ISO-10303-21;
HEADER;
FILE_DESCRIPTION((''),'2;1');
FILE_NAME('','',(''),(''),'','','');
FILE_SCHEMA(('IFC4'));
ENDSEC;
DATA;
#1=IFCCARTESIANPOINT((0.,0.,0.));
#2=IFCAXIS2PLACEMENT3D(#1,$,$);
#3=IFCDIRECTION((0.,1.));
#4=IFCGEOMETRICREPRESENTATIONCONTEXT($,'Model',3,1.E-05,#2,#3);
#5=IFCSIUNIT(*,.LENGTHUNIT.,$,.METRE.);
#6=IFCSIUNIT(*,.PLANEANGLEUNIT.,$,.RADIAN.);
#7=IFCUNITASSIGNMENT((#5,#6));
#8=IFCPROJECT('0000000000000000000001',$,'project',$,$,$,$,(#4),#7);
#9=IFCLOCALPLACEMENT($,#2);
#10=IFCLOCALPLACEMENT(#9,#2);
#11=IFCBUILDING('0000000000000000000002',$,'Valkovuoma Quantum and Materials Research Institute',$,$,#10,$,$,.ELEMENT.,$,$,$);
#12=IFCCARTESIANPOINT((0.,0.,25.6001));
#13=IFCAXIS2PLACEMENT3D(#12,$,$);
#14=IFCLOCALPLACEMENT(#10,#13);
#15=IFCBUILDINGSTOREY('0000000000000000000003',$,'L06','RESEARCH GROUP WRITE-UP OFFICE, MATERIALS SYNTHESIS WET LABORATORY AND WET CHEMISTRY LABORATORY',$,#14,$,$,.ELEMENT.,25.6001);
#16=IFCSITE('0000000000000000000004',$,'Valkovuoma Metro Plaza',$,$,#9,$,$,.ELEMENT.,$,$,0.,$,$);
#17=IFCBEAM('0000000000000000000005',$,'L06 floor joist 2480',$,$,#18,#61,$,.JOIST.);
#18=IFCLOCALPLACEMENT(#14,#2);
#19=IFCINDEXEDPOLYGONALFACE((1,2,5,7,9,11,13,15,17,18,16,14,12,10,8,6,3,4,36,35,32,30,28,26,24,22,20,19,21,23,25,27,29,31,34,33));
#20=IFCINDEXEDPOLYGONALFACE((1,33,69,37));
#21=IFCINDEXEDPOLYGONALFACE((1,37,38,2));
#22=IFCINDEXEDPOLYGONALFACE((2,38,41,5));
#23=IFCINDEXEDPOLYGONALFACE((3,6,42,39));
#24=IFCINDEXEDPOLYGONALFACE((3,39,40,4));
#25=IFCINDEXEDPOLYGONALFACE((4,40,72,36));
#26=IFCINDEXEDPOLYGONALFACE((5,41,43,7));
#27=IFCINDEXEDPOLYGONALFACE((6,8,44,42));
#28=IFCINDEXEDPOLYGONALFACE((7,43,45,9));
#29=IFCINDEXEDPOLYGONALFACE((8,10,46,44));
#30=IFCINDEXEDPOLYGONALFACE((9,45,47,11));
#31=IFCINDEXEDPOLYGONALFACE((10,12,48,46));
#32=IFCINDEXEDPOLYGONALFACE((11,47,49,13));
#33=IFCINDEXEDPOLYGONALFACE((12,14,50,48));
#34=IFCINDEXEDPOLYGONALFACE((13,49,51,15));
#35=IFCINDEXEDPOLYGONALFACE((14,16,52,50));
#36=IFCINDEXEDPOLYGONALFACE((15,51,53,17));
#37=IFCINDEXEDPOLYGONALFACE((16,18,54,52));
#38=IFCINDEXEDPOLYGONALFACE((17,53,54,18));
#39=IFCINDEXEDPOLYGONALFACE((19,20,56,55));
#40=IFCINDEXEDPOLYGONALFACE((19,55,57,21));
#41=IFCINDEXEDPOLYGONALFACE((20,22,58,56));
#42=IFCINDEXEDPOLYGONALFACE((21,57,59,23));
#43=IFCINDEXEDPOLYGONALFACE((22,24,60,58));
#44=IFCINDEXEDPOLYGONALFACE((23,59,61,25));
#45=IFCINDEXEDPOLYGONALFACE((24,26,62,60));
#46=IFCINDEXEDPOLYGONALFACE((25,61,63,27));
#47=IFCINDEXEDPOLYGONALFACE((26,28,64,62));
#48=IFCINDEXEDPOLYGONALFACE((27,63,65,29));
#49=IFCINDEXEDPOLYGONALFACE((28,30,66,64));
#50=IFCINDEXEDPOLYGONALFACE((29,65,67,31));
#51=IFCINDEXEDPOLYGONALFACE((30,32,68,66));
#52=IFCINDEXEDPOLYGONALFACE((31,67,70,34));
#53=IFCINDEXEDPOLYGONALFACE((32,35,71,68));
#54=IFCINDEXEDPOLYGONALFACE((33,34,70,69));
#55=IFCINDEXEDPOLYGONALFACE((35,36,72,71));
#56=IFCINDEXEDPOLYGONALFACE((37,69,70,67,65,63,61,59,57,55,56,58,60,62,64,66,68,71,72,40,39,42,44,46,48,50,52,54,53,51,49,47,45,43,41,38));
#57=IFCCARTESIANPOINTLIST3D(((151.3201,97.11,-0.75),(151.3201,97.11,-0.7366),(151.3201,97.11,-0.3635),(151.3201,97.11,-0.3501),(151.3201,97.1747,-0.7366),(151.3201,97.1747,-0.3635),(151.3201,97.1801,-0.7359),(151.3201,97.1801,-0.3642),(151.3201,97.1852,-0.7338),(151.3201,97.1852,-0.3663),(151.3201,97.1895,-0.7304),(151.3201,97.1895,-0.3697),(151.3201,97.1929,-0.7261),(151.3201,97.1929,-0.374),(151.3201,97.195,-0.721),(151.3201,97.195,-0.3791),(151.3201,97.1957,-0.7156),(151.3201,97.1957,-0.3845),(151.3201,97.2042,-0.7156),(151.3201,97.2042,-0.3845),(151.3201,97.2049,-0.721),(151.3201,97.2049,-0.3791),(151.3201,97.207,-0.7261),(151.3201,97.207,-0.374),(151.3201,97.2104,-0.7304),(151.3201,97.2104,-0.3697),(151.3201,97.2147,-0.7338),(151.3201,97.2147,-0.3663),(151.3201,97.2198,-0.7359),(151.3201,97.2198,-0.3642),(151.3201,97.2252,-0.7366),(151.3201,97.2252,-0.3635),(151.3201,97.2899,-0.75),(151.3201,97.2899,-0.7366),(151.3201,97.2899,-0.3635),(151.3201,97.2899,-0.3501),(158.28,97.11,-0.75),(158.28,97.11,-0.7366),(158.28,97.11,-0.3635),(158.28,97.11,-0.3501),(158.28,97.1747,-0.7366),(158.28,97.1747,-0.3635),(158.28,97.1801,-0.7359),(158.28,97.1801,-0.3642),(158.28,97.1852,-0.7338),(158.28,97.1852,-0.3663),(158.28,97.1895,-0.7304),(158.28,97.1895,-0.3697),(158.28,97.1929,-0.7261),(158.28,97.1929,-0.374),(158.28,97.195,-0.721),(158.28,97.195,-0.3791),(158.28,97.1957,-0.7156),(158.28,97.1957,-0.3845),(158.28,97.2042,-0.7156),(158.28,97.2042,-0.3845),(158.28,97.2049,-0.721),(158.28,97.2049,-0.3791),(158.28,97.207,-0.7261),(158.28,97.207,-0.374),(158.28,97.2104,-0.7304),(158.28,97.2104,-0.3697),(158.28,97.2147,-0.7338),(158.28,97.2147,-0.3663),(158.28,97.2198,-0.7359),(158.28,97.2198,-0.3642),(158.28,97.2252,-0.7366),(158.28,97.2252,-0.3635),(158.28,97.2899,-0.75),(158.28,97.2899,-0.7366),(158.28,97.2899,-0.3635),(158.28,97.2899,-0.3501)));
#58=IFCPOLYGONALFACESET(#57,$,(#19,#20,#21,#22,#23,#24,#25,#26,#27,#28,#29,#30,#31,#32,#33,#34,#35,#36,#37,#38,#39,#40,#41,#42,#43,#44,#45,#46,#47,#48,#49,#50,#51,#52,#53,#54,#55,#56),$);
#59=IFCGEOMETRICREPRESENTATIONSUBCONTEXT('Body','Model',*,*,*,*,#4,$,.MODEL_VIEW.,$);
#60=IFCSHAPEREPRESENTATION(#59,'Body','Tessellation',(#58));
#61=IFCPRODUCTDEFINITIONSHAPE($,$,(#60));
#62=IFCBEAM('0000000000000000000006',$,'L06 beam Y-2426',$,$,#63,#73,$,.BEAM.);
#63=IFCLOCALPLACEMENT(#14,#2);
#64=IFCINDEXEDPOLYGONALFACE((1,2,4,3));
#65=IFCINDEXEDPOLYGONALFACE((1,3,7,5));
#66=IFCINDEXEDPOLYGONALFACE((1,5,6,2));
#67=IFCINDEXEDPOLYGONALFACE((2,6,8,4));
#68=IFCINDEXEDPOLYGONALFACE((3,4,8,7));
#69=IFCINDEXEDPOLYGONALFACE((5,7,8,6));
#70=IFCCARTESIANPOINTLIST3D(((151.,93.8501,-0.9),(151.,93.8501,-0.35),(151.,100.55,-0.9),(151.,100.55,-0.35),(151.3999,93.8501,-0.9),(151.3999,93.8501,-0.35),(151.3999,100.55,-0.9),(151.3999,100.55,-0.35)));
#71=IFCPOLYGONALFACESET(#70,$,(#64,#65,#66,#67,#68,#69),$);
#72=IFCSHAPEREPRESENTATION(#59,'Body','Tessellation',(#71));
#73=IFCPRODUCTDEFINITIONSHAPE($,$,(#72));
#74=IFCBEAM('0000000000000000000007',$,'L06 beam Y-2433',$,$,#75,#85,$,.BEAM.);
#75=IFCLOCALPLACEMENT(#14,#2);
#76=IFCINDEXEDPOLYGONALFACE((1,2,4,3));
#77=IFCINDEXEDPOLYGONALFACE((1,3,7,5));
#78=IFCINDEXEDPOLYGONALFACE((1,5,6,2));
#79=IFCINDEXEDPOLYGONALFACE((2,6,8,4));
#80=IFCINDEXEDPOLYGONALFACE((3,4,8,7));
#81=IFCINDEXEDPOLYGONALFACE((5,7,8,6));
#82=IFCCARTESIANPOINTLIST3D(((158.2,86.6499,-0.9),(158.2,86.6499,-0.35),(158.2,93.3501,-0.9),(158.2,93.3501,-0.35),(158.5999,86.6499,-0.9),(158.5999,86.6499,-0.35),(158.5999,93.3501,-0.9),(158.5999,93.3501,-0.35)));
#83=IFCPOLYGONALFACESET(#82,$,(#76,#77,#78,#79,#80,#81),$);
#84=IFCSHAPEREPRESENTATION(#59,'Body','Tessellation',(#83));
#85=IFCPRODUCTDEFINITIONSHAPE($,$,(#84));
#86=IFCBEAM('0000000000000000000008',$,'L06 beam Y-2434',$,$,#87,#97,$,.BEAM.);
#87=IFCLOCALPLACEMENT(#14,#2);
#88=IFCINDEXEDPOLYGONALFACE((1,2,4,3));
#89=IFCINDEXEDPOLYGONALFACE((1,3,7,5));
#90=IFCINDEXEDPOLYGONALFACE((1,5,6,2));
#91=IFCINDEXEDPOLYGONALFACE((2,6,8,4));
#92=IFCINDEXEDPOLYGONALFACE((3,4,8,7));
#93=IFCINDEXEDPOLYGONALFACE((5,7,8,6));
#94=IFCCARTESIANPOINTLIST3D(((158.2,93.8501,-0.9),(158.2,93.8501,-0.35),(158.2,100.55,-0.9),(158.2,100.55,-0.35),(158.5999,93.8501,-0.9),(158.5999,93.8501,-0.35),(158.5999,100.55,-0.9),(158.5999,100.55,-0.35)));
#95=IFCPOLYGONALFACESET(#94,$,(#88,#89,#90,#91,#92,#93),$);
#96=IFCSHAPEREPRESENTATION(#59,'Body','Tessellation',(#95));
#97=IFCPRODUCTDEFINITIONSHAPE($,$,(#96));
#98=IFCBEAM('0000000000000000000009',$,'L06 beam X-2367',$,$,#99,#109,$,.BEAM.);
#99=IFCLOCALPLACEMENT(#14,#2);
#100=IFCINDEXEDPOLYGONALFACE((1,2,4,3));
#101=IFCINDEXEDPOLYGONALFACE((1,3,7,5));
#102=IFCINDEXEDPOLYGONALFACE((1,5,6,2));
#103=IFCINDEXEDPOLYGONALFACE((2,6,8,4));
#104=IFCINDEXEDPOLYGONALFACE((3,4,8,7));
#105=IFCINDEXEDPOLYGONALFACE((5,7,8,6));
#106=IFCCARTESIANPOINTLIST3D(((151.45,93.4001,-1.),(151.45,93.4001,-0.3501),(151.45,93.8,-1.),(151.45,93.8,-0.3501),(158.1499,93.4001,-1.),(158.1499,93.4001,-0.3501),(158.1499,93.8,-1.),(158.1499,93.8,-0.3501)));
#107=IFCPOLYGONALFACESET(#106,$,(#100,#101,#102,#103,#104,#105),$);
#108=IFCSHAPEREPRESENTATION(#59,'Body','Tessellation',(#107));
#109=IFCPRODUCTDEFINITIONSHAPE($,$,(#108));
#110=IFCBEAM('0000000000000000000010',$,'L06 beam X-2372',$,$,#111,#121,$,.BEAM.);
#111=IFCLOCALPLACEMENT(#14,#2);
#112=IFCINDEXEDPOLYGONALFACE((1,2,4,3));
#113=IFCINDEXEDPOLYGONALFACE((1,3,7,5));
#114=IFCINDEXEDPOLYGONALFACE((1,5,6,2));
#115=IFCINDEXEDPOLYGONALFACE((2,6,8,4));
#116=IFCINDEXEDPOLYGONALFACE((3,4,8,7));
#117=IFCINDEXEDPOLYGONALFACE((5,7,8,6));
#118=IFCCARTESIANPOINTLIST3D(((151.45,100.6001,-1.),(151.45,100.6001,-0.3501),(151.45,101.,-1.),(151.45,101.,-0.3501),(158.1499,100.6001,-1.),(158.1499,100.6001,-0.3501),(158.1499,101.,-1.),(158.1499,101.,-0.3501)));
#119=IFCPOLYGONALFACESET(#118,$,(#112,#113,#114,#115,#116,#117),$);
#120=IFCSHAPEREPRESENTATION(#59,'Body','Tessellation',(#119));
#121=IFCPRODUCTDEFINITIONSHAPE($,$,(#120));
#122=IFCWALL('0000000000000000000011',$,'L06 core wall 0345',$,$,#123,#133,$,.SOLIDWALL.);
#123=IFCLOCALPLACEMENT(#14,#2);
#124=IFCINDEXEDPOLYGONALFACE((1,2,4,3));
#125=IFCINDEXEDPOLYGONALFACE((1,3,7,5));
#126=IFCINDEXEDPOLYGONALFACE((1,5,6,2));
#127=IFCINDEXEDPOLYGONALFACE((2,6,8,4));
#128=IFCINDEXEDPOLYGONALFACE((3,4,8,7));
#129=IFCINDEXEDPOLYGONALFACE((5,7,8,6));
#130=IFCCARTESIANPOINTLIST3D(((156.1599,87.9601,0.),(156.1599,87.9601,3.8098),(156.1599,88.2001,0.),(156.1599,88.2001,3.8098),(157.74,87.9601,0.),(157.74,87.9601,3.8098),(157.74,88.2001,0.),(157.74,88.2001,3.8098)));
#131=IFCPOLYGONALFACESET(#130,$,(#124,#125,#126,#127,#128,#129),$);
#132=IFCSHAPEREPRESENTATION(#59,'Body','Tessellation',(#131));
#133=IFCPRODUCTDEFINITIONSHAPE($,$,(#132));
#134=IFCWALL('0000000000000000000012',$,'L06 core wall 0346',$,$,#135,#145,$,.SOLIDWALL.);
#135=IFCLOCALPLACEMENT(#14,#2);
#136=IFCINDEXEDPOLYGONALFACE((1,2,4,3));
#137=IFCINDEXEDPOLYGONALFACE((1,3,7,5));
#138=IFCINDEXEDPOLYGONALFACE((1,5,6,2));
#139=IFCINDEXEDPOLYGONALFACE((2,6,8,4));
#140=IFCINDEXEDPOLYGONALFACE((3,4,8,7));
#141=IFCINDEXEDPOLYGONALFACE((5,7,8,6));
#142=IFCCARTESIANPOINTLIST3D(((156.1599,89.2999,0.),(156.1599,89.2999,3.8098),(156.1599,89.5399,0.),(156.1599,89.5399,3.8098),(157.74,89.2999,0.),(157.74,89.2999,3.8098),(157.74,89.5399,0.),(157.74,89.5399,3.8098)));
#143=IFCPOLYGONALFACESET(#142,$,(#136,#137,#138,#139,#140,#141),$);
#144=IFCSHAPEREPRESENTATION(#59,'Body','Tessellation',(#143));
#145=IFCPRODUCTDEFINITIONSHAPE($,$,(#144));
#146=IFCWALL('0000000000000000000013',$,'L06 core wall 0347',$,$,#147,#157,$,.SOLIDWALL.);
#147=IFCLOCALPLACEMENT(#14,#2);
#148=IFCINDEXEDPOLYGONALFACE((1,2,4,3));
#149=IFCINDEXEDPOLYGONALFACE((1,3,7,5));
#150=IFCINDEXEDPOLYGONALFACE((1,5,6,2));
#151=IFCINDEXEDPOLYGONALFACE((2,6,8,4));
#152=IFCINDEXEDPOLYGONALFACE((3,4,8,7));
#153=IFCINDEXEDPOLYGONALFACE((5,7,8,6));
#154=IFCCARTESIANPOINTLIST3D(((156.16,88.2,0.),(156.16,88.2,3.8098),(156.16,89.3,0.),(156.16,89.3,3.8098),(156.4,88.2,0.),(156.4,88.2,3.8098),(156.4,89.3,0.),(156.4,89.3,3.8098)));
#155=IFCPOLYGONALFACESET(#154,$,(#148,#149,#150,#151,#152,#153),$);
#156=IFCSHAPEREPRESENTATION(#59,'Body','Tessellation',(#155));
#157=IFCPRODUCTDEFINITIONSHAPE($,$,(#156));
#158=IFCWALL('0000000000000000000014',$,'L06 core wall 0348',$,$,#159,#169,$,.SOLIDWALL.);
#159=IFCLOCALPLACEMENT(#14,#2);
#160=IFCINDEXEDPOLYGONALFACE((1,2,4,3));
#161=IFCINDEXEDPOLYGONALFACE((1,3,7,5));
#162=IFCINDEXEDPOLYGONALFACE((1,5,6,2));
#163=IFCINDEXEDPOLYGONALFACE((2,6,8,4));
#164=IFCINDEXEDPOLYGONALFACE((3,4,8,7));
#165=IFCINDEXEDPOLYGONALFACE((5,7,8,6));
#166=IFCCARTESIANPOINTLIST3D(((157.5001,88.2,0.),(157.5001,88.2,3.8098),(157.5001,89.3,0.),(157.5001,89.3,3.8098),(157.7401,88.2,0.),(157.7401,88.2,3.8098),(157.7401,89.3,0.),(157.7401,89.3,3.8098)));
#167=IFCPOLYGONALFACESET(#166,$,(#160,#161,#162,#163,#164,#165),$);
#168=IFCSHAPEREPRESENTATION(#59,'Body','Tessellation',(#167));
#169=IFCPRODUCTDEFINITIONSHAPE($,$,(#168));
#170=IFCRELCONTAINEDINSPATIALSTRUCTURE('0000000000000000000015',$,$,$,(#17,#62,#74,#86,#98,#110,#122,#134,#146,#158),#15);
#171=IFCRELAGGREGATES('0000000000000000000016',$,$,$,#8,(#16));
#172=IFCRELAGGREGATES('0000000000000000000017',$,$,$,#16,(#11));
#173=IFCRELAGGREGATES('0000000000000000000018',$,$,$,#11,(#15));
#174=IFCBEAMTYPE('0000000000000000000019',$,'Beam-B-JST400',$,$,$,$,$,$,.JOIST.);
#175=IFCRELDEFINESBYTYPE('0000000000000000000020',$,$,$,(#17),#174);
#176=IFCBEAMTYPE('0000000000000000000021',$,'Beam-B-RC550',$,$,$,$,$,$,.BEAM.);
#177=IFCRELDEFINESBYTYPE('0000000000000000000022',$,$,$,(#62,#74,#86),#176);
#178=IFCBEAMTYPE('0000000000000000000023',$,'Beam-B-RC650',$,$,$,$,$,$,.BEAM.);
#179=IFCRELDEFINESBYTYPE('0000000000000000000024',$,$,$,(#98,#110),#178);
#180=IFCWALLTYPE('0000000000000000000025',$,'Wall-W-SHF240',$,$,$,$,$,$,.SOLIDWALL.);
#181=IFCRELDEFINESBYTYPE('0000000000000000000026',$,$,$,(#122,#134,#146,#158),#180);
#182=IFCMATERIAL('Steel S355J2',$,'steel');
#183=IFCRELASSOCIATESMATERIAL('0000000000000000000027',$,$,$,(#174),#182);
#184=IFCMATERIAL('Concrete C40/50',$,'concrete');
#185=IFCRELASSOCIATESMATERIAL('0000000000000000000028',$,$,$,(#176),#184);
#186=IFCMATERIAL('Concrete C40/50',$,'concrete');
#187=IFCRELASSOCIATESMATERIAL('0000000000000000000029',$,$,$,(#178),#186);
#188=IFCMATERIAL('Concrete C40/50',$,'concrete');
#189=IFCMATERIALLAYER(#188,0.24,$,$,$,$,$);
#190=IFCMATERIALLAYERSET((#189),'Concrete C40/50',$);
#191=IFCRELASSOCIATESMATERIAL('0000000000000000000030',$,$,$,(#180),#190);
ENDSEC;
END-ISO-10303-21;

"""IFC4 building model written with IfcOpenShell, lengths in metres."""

from ifc_helpers import new_model, si_unit, direction, frame, frame_2d, origin, origin_2d, place, context, subcontext, project, spatial, rectangle, i_section, extrude, material, layer, layer_set, material_profile, profile_set, type_object, element, save


model = new_model("IFC4")

# Units and contexts
model_context = context("Model", 3, precision=1e-05, world=origin(), true_north=direction((0.0, 1.0)))
body_context = subcontext(model_context, "Body", "Model", "MODEL_VIEW")
ifc_project = project(units=[si_unit("LENGTHUNIT", "METRE"), si_unit("PLANEANGLEUNIT", "RADIAN")], contexts=[model_context])

# Site, building, storey
site_placement = place(None, origin())
site = spatial("IfcSite", under=ifc_project, at=site_placement, Name="Valkovuoma Metro Plaza", CompositionType="ELEMENT", RefElevation=0.0)
building_placement = place(site_placement, origin())
building = spatial("IfcBuilding", under=site, at=building_placement, Name="Valkovuoma Quantum and Materials Research Institute", CompositionType="ELEMENT")
storey_placement = place(building_placement, frame((0.0, 0.0, 25.6001)))
storey = spatial("IfcBuildingStorey", under=building, at=storey_placement, Name="L06", Description="RESEARCH GROUP WRITE-UP OFFICE, MATERIALS SYNTHESIS WET LABORATORY AND WET CHEMISTRY LABORATORY", CompositionType="ELEMENT", Elevation=25.6001)

# Beams
ifc_material_1 = material(Name="Steel S355J2", Category="steel")
ifc_material_profile_1 = material_profile(ifc_material_1, i_section(OverallWidth=0.1799, OverallDepth=0.3999, WebThickness=0.0085, FlangeThickness=0.0134, FilletRadius=0.021, at=origin_2d()), Name="Steel S355J2")
ifc_profile_set_1 = profile_set([ifc_material_profile_1], Name="Steel S355J2")
beam_type_1 = type_object("IfcBeamType", Name="Beam-B-JST400", PredefinedType="JOIST", material=ifc_profile_set_1)
for number, where, z_axis, x_axis, name in (
    (1, (151.3201, 97.2, -0.55), (1.0, 0.0, 0.0), (0.0, 1.0, 0.0), "L06 floor joist 2480"),
):
    element("IfcBeam", number, at=place(storey_placement, frame(where, z_axis=z_axis, x_axis=x_axis)), inside=storey, type_object=beam_type_1, Name=name, PredefinedType="JOIST", context=body_context, shape_type="SweptSolid", body=[
        extrude(i_section(OverallWidth=0.1799, OverallDepth=0.3999, WebThickness=0.0085, FlangeThickness=0.0134, FilletRadius=0.021, at=origin_2d()), origin(), (0.0, 0.0, 1.0), 6.96),
    ])
ifc_material_2 = material(Name="Concrete C40/50", Category="concrete")
ifc_material_profile_2 = material_profile(ifc_material_2, rectangle(XDim=0.3999, YDim=0.55, at=origin_2d()), Name="Concrete C40/50")
ifc_profile_set_2 = profile_set([ifc_material_profile_2], Name="Concrete C40/50")
beam_type_2 = type_object("IfcBeamType", Name="Beam-B-RC550", PredefinedType="BEAM", material=ifc_profile_set_2)
beam_1_placement = place(storey_placement, frame((151.2, 93.8501, -0.625), z_axis=(0.0, 1.0, 0.0), x_axis=(-1.0, 0.0, 0.0)))
element("IfcBeam", 2, at=beam_1_placement, inside=storey, type_object=beam_type_2, Name="L06 beam Y-2426", PredefinedType="BEAM", context=body_context, shape_type="SweptSolid", body=[
    extrude(rectangle(XDim=0.3999, YDim=0.55, at=origin_2d()), origin(), (0.0, 0.0, 1.0), 6.7),
])
beam_2_placement = place(storey_placement, frame((158.3999, 86.6499, -0.625), z_axis=(0.0, 1.0, 0.0), x_axis=(-1.0, 0.0, 0.0)))
element("IfcBeam", 3, at=beam_2_placement, inside=storey, type_object=beam_type_2, Name="L06 beam Y-2433", PredefinedType="BEAM", context=body_context, shape_type="SweptSolid", body=[
    extrude(rectangle(XDim=0.3999, YDim=0.55, at=origin_2d()), origin(), (0.0, 0.0, 1.0), 6.7002),
])
beam_3_placement = place(storey_placement, frame((158.3999, 93.8501, -0.625), z_axis=(0.0, 1.0, 0.0), x_axis=(-1.0, 0.0, 0.0)))
element("IfcBeam", 4, at=beam_3_placement, inside=storey, type_object=beam_type_2, Name="L06 beam Y-2434", PredefinedType="BEAM", context=body_context, shape_type="SweptSolid", body=[
    extrude(rectangle(XDim=0.3999, YDim=0.55, at=origin_2d()), origin(), (0.0, 0.0, 1.0), 6.7),
])
ifc_material_3 = material(Name="Concrete C40/50", Category="concrete")
ifc_material_profile_3 = material_profile(ifc_material_3, rectangle(XDim=0.3999, YDim=0.6499, at=origin_2d()), Name="Concrete C40/50")
ifc_profile_set_3 = profile_set([ifc_material_profile_3], Name="Concrete C40/50")
beam_type_3 = type_object("IfcBeamType", Name="Beam-B-RC650", PredefinedType="BEAM", material=ifc_profile_set_3)
for number, where, z_axis, x_axis, name in (
    (5, (151.45, 93.6001, -0.675), (1.0, 0.0, 0.0), (0.0, 1.0, 0.0), "L06 beam X-2367"),
    (6, (151.45, 100.8, -0.675), (1.0, 0.0, 0.0), (0.0, 1.0, 0.0), "L06 beam X-2372"),
):
    element("IfcBeam", number, at=place(storey_placement, frame(where, z_axis=z_axis, x_axis=x_axis)), inside=storey, type_object=beam_type_3, Name=name, PredefinedType="BEAM", context=body_context, shape_type="SweptSolid", body=[
        extrude(rectangle(XDim=0.3999, YDim=0.6499, at=origin_2d()), origin(), (0.0, 0.0, 1.0), 6.7),
    ])

# Walls
ifc_material_4 = material(Name="Concrete C40/50", Category="concrete")
ifc_layer = layer(ifc_material_4, 0.24)
ifc_layer_set = layer_set([ifc_layer], Name="Concrete C40/50")
wall_type = type_object("IfcWallType", Name="Wall-W-SHF240", PredefinedType="SOLIDWALL", material=ifc_layer_set)
for number, where, z_axis, x_axis, name in (
    (7, (156.1599, 88.0801, 0.0), (0.0, 0.0, 1.0), (1.0, 0.0, 0.0), "L06 core wall 0345"),
    (8, (156.1599, 89.4199, 0.0), (0.0, 0.0, 1.0), (1.0, 0.0, 0.0), "L06 core wall 0346"),
):
    element("IfcWall", number, at=place(storey_placement, frame(where, z_axis=z_axis, x_axis=x_axis)), inside=storey, type_object=wall_type, Name=name, PredefinedType="SOLIDWALL", context=body_context, shape_type="SweptSolid", body=[
        extrude(rectangle(XDim=1.5801, YDim=0.24, at=frame_2d((0.79, 0.0))), origin(), (0.0, 0.0, 1.0), 3.8098),
    ])
for number, where, z_axis, x_axis, name in (
    (9, (156.28, 88.2, 0.0), (0.0, 0.0, 1.0), (0.0, 1.0, 0.0), "L06 core wall 0347"),
    (10, (157.6201, 88.2, 0.0), (0.0, 0.0, 1.0), (0.0, 1.0, 0.0), "L06 core wall 0348"),
):
    element("IfcWall", number, at=place(storey_placement, frame(where, z_axis=z_axis, x_axis=x_axis)), inside=storey, type_object=wall_type, Name=name, PredefinedType="SOLIDWALL", context=body_context, shape_type="SweptSolid", body=[
        extrude(rectangle(XDim=1.1001, YDim=0.24, at=frame_2d((0.55, 0.0))), origin(), (0.0, 0.0, 1.0), 3.8098),
    ])

save(model, "model.ifc")
